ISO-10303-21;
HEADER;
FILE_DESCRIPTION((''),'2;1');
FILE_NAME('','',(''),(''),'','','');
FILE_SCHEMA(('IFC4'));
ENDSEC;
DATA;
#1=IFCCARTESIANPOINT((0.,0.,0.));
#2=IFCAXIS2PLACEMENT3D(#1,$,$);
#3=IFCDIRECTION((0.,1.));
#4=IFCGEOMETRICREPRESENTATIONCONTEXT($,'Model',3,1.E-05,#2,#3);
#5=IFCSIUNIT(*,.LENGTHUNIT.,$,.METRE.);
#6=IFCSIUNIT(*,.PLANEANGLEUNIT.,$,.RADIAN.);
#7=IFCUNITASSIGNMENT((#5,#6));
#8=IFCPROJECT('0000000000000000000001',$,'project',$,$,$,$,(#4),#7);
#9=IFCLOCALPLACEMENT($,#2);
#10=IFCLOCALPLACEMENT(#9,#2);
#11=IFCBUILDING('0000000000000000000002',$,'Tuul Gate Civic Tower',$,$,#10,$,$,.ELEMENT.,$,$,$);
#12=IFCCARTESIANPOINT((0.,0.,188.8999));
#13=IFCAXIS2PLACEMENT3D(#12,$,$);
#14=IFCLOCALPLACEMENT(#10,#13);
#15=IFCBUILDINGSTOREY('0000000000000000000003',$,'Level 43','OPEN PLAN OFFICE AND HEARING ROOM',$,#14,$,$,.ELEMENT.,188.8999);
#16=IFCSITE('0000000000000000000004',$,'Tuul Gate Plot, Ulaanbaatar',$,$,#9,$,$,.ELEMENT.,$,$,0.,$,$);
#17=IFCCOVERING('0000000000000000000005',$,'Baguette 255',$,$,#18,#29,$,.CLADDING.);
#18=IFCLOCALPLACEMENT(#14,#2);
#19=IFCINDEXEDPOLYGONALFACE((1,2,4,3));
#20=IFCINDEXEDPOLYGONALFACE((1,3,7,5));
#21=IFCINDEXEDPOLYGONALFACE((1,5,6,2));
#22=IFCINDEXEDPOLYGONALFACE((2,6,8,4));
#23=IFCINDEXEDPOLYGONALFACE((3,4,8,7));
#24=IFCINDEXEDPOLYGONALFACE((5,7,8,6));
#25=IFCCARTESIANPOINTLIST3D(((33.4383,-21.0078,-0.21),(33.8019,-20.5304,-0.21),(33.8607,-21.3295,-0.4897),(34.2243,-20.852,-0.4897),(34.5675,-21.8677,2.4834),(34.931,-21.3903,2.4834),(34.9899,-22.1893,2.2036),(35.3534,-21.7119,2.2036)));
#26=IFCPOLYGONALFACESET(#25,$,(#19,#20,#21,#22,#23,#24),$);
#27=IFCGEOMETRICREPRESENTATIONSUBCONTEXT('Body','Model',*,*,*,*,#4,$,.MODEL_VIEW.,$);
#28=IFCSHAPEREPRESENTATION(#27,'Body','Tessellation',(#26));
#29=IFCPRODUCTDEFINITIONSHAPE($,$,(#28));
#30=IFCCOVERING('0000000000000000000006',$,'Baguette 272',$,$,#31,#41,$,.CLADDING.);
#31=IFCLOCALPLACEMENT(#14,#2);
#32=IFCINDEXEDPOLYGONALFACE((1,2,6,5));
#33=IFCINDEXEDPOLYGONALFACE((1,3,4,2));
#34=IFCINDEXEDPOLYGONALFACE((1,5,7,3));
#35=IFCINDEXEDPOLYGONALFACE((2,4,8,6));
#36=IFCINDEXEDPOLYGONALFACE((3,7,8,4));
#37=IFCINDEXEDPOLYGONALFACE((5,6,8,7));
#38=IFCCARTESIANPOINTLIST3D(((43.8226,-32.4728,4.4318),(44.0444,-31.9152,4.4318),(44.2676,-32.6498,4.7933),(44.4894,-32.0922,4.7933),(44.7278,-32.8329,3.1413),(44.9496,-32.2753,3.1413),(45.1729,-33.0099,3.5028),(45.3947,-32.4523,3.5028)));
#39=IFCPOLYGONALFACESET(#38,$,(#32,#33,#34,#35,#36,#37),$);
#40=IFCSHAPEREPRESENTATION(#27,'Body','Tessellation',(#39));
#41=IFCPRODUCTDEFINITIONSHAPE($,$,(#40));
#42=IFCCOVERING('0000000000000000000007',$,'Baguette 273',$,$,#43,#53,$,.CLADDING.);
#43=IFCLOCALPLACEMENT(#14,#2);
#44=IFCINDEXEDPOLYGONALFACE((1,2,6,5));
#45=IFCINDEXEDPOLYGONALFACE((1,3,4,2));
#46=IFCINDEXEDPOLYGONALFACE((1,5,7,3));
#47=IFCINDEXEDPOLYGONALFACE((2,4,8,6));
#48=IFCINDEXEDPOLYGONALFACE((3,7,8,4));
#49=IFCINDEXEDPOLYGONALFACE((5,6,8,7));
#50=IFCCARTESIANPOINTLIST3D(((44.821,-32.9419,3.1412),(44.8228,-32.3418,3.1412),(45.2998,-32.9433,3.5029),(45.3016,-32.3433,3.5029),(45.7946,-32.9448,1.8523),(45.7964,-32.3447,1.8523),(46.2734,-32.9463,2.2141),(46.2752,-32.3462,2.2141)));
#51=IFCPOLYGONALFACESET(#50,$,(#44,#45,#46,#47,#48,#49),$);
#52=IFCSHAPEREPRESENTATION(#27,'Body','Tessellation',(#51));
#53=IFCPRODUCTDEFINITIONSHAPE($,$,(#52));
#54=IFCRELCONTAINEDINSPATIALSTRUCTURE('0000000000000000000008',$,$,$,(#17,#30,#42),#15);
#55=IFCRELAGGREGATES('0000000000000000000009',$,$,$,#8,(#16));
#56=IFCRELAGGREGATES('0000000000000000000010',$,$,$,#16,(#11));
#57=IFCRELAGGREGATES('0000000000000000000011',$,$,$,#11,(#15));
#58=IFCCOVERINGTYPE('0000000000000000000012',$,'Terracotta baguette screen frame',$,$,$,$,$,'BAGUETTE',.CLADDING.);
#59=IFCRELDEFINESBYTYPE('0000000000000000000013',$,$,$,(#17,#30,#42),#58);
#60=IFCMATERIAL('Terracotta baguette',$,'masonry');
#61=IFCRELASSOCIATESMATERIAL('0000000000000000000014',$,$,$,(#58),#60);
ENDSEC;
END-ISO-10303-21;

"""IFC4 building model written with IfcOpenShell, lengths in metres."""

from ifc_helpers import new_model, si_unit, direction, frame, origin, origin_2d, place, context, subcontext, project, spatial, rectangle, extrude, material, material_profile, profile_set, type_object, element, save


model = new_model("IFC4")

# Units and contexts
model_context = context("Model", 3, precision=1e-05, world=origin(), true_north=direction((0.0, 1.0)))
body_context = subcontext(model_context, "Body", "Model", "MODEL_VIEW")
ifc_project = project(units=[si_unit("LENGTHUNIT", "METRE"), si_unit("PLANEANGLEUNIT", "RADIAN")], contexts=[model_context])

# Site, building, storey
site_placement = place(None, origin())
site = spatial("IfcSite", under=ifc_project, at=site_placement, Name="Tuul Gate Plot, Ulaanbaatar", CompositionType="ELEMENT", RefElevation=0.0)
building_placement = place(site_placement, origin())
building = spatial("IfcBuilding", under=site, at=building_placement, Name="Tuul Gate Civic Tower", CompositionType="ELEMENT")
storey_placement = place(building_placement, frame((0.0, 0.0, 188.8999)))
storey = spatial("IfcBuildingStorey", under=building, at=storey_placement, Name="Level 43", Description="OPEN PLAN OFFICE AND HEARING ROOM", CompositionType="ELEMENT", Elevation=188.8999)

# Coverings
ifc_material_1 = material(Name="Terracotta baguette", Category="masonry")
ifc_material_profile_1 = material_profile(ifc_material_1, rectangle(XDim=0.6001, YDim=0.6001, at=origin_2d()), Name="Terracotta baguette screen frame")
ifc_profile_set_1 = profile_set([ifc_material_profile_1], Name="Terracotta baguette")
covering_type = type_object("IfcCoveringType", Name="Terracotta baguette screen frame", ElementType="BAGUETTE", PredefinedType="CLADDING", material=ifc_profile_set_1)
covering_1_placement = place(storey_placement, frame((34.9604, -21.7898, 2.3435), z_axis=(-0.370891, 0.282439, -0.884685), x_axis=(-0.605846, -0.795582, 0.0)))
element("IfcCovering", 1, at=covering_1_placement, inside=storey, type_object=covering_type, Name="Baguette 255", PredefinedType="CLADDING", context=body_context, shape_type="SweptSolid", body=[
    extrude(rectangle(XDim=0.6001, YDim=0.6001, at=origin_2d()), origin(), (0.0, 0.0, 1.0), 3.0444),
])
covering_2_placement = place(storey_placement, frame((44.156, -32.2825, 4.6125), z_axis=(0.559851, -0.222702, -0.798104), x_axis=(0.369619, 0.929184, 0.0)))
element("IfcCovering", 2, at=covering_2_placement, inside=storey, type_object=covering_type, Name="Baguette 272", PredefinedType="CLADDING", context=body_context, shape_type="SweptSolid", body=[
    extrude(rectangle(XDim=0.6001, YDim=0.6001, at=origin_2d()), origin(), (0.0, 0.0, 1.0), 1.6169),
])
covering_3_placement = place(storey_placement, frame((45.0613, -32.6426, 3.322), z_axis=(0.602777, -0.001814, -0.797908), x_axis=(0.003009, 0.999995, 0.0)))
element("IfcCovering", 3, at=covering_3_placement, inside=storey, type_object=covering_type, Name="Baguette 273", PredefinedType="CLADDING", context=body_context, shape_type="SweptSolid", body=[
    extrude(rectangle(XDim=0.6001, YDim=0.6001, at=origin_2d()), origin(), (0.0, 0.0, 1.0), 1.6152),
])

save(model, "model.ifc")
